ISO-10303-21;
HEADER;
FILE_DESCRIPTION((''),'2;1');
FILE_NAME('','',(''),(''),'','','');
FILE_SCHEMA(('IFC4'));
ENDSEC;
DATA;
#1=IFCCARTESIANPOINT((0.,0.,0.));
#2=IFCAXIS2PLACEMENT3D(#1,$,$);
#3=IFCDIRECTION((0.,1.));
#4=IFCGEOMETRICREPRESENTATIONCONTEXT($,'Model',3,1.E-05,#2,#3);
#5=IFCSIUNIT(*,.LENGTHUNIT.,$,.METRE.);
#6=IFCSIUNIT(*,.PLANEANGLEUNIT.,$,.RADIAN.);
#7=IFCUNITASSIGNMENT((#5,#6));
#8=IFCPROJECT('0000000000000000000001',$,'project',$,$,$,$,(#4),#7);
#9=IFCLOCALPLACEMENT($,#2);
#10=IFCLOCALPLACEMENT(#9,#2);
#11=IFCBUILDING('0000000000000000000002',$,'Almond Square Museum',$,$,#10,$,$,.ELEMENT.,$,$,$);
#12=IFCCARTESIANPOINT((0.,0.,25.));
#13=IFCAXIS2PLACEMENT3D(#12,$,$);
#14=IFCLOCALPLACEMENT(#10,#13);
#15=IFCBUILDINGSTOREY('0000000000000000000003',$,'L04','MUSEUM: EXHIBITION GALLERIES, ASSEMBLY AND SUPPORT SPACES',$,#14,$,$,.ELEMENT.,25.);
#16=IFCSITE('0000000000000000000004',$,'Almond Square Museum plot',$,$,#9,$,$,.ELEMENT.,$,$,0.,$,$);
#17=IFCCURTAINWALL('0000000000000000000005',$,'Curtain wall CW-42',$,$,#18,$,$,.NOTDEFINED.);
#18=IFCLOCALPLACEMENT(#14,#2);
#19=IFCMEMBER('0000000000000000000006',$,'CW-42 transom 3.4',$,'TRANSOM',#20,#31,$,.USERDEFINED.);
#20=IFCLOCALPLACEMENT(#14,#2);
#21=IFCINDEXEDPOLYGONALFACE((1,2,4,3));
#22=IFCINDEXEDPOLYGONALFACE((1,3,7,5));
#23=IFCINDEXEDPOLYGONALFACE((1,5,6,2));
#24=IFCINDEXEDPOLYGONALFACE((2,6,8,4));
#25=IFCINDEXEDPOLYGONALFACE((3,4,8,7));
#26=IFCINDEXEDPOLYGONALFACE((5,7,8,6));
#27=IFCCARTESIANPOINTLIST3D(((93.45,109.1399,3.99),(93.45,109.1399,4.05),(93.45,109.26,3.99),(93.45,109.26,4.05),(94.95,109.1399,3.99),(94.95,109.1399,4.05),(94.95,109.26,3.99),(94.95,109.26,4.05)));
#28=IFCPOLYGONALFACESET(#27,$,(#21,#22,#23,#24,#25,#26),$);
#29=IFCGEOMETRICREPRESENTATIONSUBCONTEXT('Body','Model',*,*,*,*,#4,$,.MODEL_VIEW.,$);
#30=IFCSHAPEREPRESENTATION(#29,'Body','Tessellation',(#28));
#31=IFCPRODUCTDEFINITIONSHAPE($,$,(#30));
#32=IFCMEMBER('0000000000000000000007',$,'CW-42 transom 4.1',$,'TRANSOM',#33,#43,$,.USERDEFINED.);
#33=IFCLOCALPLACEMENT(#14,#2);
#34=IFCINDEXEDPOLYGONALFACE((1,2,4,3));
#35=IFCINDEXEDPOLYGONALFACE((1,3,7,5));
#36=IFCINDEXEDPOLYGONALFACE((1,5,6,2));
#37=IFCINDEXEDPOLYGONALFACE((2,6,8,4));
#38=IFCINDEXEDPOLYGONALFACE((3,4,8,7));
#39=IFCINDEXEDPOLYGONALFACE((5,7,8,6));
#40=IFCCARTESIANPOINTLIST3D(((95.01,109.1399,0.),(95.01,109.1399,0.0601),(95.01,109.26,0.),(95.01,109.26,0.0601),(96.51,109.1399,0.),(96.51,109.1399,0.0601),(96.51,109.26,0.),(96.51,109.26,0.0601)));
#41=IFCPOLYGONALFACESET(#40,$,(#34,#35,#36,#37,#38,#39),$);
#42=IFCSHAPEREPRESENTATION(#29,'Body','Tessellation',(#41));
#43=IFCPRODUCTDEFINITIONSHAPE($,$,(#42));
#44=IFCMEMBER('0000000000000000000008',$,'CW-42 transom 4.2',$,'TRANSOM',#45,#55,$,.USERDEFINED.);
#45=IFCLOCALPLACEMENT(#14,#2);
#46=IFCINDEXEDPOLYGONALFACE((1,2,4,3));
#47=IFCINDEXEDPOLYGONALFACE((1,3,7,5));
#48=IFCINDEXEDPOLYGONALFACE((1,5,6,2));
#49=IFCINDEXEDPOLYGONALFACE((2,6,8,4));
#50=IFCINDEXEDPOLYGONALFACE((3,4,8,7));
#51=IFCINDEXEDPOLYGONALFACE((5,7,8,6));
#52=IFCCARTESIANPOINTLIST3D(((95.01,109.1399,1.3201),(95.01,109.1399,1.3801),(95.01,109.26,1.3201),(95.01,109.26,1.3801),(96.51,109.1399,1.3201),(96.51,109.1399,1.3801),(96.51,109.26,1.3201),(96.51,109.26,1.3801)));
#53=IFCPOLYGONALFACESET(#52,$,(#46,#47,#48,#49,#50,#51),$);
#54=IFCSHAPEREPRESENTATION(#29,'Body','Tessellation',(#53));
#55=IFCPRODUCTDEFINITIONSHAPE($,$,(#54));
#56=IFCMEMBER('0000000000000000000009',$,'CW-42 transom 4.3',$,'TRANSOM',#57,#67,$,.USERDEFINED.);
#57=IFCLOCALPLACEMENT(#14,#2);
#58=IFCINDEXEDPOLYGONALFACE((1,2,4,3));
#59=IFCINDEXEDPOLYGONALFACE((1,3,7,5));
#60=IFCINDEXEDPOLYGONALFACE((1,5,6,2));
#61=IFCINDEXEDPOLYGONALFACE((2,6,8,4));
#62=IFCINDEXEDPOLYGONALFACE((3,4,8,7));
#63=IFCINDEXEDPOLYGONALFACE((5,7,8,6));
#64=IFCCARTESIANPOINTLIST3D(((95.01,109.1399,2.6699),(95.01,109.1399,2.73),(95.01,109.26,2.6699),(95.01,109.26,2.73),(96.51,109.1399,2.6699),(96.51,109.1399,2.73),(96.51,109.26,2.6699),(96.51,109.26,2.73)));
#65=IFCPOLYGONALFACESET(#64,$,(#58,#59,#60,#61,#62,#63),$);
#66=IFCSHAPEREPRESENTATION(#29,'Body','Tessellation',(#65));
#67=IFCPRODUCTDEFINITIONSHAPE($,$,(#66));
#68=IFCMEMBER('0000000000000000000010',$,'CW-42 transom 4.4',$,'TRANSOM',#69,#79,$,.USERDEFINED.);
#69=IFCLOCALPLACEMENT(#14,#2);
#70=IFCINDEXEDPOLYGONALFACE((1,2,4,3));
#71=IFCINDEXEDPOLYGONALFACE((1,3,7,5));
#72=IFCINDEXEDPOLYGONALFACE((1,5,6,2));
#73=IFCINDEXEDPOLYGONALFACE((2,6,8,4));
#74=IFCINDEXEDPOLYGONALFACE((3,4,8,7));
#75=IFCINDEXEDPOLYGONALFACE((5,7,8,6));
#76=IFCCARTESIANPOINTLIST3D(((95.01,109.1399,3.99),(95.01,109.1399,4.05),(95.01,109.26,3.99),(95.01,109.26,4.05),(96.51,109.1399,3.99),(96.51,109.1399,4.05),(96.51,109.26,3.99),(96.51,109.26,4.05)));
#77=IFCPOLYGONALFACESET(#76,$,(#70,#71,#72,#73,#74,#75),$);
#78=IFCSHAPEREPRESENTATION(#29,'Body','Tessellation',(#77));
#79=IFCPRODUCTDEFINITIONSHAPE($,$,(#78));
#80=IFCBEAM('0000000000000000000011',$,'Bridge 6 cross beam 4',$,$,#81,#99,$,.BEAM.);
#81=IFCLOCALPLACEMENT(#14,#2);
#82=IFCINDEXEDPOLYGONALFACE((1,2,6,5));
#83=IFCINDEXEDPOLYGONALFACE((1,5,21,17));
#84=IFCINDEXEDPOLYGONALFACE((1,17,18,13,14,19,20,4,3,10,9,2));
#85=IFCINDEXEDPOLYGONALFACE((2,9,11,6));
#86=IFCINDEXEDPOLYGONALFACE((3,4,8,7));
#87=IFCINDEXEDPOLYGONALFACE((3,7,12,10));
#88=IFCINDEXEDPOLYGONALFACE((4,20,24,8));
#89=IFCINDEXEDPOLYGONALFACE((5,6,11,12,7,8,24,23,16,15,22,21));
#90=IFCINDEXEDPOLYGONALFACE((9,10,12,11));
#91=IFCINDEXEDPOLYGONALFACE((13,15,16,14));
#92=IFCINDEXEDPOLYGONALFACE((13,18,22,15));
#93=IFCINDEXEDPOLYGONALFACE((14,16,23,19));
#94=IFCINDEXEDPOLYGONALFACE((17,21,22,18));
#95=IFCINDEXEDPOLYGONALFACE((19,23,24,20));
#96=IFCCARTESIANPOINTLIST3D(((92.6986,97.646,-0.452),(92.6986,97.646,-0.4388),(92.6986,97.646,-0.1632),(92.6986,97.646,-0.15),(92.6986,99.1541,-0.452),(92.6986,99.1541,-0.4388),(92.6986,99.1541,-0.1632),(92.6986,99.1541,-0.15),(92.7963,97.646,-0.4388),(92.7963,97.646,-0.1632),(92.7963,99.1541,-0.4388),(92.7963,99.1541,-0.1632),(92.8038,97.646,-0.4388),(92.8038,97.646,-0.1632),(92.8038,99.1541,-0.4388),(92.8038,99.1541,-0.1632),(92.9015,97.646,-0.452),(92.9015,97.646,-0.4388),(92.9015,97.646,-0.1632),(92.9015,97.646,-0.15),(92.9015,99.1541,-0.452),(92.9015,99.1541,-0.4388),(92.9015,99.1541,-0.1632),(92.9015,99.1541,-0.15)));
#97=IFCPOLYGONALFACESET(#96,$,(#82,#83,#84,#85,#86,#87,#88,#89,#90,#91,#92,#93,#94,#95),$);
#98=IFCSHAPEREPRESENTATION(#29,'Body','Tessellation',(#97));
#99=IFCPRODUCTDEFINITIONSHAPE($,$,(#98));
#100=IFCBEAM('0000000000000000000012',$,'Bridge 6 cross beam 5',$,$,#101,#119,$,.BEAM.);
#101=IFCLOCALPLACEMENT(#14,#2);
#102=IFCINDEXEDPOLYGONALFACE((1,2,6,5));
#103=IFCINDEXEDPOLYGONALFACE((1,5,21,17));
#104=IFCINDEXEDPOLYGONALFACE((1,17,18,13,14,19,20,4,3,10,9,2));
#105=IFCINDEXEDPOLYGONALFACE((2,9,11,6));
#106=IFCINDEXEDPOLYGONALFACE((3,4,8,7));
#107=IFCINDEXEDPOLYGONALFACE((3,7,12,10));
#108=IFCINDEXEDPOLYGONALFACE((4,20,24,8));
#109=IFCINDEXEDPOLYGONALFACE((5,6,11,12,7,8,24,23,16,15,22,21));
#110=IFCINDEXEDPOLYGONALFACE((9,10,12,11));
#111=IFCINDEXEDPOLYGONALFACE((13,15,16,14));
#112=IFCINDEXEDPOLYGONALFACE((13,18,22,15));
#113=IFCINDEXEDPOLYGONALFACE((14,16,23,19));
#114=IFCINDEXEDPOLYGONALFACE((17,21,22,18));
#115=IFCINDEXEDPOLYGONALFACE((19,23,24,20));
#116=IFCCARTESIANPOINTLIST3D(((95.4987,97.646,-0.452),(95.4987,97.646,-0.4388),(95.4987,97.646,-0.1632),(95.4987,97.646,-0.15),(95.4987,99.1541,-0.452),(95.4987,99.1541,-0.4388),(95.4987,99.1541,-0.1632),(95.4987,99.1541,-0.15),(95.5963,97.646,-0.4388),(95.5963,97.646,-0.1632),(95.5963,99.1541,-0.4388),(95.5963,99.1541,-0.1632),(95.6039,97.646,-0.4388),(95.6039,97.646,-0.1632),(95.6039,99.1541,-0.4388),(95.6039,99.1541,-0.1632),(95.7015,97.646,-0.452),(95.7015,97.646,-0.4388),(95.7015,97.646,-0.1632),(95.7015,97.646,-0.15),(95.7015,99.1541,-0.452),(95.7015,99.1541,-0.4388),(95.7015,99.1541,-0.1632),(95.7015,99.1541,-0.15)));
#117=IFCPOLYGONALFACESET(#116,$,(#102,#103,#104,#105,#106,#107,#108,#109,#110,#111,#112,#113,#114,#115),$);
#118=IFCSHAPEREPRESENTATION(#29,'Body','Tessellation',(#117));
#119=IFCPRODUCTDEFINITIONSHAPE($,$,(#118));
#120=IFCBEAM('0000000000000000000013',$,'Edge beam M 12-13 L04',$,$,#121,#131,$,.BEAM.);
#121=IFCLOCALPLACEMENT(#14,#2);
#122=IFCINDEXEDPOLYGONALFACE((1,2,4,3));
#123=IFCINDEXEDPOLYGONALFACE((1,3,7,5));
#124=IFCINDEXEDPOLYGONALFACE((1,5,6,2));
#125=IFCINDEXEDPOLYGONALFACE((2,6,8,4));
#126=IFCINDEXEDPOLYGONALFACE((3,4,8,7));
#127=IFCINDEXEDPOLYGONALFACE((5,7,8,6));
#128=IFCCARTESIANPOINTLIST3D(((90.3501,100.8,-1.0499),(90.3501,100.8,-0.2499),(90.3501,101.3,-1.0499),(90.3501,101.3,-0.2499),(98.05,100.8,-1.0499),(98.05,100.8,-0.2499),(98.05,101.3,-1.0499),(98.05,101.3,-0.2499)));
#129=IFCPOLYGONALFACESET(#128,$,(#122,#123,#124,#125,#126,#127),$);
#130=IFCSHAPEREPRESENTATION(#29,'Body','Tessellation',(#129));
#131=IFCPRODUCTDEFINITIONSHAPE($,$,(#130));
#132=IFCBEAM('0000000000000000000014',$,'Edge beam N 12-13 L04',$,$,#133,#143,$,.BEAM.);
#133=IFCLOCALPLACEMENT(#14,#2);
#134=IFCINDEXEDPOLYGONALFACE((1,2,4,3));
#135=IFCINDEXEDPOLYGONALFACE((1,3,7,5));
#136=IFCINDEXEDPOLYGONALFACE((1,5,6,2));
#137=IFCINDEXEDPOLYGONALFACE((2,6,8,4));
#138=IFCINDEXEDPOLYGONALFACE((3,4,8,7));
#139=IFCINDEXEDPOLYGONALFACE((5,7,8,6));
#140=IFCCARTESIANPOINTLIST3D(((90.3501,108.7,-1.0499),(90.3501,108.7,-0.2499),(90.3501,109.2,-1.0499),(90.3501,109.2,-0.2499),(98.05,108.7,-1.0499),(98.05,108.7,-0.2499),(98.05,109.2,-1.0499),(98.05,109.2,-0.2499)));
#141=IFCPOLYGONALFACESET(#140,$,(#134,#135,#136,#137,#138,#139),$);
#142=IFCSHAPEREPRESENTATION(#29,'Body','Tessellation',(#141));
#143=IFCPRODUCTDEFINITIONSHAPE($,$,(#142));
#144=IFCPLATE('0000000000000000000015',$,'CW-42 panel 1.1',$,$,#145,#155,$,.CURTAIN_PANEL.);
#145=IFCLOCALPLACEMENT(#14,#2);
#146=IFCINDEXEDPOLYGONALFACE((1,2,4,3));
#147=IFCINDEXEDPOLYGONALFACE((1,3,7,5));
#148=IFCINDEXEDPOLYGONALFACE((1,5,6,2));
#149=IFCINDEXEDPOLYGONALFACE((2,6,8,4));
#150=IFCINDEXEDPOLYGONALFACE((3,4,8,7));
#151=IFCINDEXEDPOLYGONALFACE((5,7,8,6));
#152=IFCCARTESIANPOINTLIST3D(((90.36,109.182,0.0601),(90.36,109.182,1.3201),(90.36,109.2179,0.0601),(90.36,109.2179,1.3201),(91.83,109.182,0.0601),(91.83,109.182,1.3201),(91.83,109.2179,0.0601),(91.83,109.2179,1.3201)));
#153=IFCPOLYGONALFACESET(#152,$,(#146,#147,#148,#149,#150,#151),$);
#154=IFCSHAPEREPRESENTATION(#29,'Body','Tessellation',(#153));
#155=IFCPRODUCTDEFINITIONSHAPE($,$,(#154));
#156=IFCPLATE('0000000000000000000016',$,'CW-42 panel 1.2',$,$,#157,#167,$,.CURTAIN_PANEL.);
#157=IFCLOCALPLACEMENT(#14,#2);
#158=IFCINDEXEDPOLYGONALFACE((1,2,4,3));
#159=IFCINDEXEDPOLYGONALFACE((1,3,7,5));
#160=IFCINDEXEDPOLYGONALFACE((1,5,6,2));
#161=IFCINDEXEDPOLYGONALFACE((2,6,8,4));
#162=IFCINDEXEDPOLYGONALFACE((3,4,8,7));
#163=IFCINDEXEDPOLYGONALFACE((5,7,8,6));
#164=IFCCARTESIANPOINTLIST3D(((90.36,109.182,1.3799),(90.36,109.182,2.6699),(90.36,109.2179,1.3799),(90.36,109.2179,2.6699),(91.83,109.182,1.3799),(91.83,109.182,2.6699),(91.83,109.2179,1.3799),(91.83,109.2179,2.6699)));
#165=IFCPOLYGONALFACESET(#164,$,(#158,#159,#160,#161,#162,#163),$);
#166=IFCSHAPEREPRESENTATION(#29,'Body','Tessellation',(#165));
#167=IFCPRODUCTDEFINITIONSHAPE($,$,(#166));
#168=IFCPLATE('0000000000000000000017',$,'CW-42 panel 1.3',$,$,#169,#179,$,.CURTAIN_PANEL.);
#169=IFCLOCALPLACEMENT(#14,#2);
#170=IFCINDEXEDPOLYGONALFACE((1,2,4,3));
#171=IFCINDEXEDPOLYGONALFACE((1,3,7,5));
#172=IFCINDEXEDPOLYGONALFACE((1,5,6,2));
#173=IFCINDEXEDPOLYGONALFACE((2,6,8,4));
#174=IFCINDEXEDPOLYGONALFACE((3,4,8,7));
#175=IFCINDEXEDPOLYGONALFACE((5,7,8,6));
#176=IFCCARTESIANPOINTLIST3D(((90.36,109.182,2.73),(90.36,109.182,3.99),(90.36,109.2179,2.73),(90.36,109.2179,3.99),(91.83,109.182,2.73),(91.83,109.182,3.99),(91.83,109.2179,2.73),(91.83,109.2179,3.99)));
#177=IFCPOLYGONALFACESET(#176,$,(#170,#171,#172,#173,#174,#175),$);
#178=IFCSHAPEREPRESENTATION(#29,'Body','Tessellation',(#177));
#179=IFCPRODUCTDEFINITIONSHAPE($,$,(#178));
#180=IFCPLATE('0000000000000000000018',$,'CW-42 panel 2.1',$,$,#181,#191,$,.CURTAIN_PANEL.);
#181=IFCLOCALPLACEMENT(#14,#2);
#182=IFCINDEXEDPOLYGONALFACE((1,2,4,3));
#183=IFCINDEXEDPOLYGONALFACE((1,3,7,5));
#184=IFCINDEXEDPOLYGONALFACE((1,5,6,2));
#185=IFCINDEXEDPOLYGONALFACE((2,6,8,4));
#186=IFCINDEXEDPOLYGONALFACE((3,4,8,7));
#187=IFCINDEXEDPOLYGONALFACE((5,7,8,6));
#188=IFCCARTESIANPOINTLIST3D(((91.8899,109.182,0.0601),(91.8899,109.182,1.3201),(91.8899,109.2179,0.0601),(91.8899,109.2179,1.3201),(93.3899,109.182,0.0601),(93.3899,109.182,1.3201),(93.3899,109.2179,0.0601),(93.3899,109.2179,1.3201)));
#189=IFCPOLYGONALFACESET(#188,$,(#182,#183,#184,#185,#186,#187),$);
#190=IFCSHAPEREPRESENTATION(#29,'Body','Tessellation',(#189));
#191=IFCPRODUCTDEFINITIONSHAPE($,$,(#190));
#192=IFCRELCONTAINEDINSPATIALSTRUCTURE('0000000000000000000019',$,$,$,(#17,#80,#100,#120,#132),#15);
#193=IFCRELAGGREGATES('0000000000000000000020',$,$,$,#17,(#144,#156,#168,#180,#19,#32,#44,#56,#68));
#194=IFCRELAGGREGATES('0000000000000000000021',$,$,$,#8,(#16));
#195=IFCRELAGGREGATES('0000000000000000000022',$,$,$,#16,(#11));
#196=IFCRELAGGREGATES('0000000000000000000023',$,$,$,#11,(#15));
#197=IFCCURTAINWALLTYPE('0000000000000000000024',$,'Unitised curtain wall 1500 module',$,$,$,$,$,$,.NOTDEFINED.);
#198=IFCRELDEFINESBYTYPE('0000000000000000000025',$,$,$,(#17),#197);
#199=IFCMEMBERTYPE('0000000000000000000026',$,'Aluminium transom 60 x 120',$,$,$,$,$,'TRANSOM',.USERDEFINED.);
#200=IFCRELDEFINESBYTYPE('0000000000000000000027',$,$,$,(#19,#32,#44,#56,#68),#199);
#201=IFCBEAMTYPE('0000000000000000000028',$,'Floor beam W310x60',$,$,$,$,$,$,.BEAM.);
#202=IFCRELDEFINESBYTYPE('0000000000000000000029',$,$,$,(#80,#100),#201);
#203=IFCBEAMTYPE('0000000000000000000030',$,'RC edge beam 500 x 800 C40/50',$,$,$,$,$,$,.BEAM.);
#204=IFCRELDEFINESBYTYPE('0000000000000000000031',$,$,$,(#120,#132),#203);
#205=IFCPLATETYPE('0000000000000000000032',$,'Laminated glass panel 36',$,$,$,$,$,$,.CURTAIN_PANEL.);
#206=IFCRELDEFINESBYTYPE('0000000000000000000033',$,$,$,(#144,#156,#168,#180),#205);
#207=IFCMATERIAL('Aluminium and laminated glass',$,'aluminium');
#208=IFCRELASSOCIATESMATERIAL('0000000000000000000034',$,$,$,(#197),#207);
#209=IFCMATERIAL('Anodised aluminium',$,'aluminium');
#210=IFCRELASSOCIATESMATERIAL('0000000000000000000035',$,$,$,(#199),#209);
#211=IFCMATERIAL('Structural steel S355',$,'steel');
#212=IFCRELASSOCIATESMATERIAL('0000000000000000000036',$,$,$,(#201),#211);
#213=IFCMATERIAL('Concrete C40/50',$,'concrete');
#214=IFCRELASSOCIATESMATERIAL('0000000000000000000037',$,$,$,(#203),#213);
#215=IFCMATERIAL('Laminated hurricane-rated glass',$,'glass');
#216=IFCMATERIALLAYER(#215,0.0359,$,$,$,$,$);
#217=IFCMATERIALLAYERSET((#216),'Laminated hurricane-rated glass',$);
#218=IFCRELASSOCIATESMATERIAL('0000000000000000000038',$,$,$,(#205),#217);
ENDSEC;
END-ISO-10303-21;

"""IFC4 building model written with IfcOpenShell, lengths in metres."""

from ifc_helpers import new_model, si_unit, direction, frame, origin, origin_2d, place, context, subcontext, project, spatial, rectangle, i_section, extrude, material, layer, layer_set, material_profile, profile_set, type_object, element, aggregate, save


model = new_model("IFC4")

# Units and contexts
model_context = context("Model", 3, precision=1e-05, world=origin(), true_north=direction((0.0, 1.0)))
body_context = subcontext(model_context, "Body", "Model", "MODEL_VIEW")
ifc_project = project(units=[si_unit("LENGTHUNIT", "METRE"), si_unit("PLANEANGLEUNIT", "RADIAN")], contexts=[model_context])

# Site, building, storey
site_placement = place(None, origin())
site = spatial("IfcSite", under=ifc_project, at=site_placement, Name="Almond Square Museum plot", CompositionType="ELEMENT", RefElevation=0.0)
building_placement = place(site_placement, origin())
building = spatial("IfcBuilding", under=site, at=building_placement, Name="Almond Square Museum", CompositionType="ELEMENT")
storey_placement = place(building_placement, frame((0.0, 0.0, 25.0)))
storey = spatial("IfcBuildingStorey", under=building, at=storey_placement, Name="L04", Description="MUSEUM: EXHIBITION GALLERIES, ASSEMBLY AND SUPPORT SPACES", CompositionType="ELEMENT", Elevation=25.0)

# Curtain wall, members
ifc_material_1 = material(Name="Aluminium and laminated glass", Category="aluminium")
curtain_wall_type = type_object("IfcCurtainWallType", Name="Unitised curtain wall 1500 module", PredefinedType="NOTDEFINED", material=ifc_material_1)
curtain_wall_placement = place(storey_placement, origin())
curtain_wall = element("IfcCurtainWall", 1, at=curtain_wall_placement, inside=storey, type_object=curtain_wall_type, Name="Curtain wall CW-42", PredefinedType="NOTDEFINED")
ifc_material_2 = material(Name="Anodised aluminium", Category="aluminium")
ifc_material_profile_1 = material_profile(ifc_material_2, rectangle(XDim=0.1201, YDim=0.0601, at=origin_2d()))
ifc_profile_set_1 = profile_set([ifc_material_profile_1], Name="Anodised aluminium")
member_type_1 = type_object("IfcMemberType", Name="Aluminium transom 60 x 120", ElementType="TRANSOM", PredefinedType="USERDEFINED", material=ifc_profile_set_1)
member_1_placement = place(storey_placement, frame((93.45, 109.2, 4.02), z_axis=(1.0, 0.0, 0.0), x_axis=(0.0, 1.0, 0.0)))
member_1 = element("IfcMember", 2, at=member_1_placement, type_object=member_type_1, Name="CW-42 transom 3.4", ObjectType="TRANSOM", PredefinedType="USERDEFINED", context=body_context, shape_type="SweptSolid", body=[
    extrude(rectangle(XDim=0.1201, YDim=0.0601, at=origin_2d()), origin(), (0.0, 0.0, 1.0), 1.5),
])
member_2_placement = place(storey_placement, frame((95.01, 109.2, 0.03), z_axis=(1.0, 0.0, 0.0), x_axis=(0.0, 1.0, 0.0)))
member_2 = element("IfcMember", 3, at=member_2_placement, type_object=member_type_1, Name="CW-42 transom 4.1", ObjectType="TRANSOM", PredefinedType="USERDEFINED", context=body_context, shape_type="SweptSolid", body=[
    extrude(rectangle(XDim=0.1201, YDim=0.0601, at=origin_2d()), origin(), (0.0, 0.0, 1.0), 1.5),
])
member_3_placement = place(storey_placement, frame((95.01, 109.2, 1.3501), z_axis=(1.0, 0.0, 0.0), x_axis=(0.0, 1.0, 0.0)))
member_3 = element("IfcMember", 4, at=member_3_placement, type_object=member_type_1, Name="CW-42 transom 4.2", ObjectType="TRANSOM", PredefinedType="USERDEFINED", context=body_context, shape_type="SweptSolid", body=[
    extrude(rectangle(XDim=0.1201, YDim=0.0601, at=origin_2d()), origin(), (0.0, 0.0, 1.0), 1.5),
])
member_4_placement = place(storey_placement, frame((95.01, 109.2, 2.7), z_axis=(1.0, 0.0, 0.0), x_axis=(0.0, 1.0, 0.0)))
member_4 = element("IfcMember", 5, at=member_4_placement, type_object=member_type_1, Name="CW-42 transom 4.3", ObjectType="TRANSOM", PredefinedType="USERDEFINED", context=body_context, shape_type="SweptSolid", body=[
    extrude(rectangle(XDim=0.1201, YDim=0.0601, at=origin_2d()), origin(), (0.0, 0.0, 1.0), 1.5),
])
member_5_placement = place(storey_placement, frame((95.01, 109.2, 4.02), z_axis=(1.0, 0.0, 0.0), x_axis=(0.0, 1.0, 0.0)))
member_5 = element("IfcMember", 6, at=member_5_placement, type_object=member_type_1, Name="CW-42 transom 4.4", ObjectType="TRANSOM", PredefinedType="USERDEFINED", context=body_context, shape_type="SweptSolid", body=[
    extrude(rectangle(XDim=0.1201, YDim=0.0601, at=origin_2d()), origin(), (0.0, 0.0, 1.0), 1.5),
])

# Beams
ifc_material_3 = material(Name="Structural steel S355", Category="steel")
ifc_material_profile_2 = material_profile(ifc_material_3, i_section(OverallWidth=0.2029, OverallDepth=0.302, WebThickness=0.0076, FlangeThickness=0.0132, at=origin_2d()))
ifc_profile_set_2 = profile_set([ifc_material_profile_2], Name="Structural steel S355")
beam_type_1 = type_object("IfcBeamType", Name="Floor beam W310x60", PredefinedType="BEAM", material=ifc_profile_set_2)
for number, where, z_axis, x_axis, name in (
    (7, (92.8, 97.646, -0.301), (0.0, 1.0, 0.0), (-1.0, 0.0, 0.0), "Bridge 6 cross beam 4"),
    (8, (95.6001, 97.646, -0.301), (0.0, 1.0, 0.0), (-1.0, 0.0, 0.0), "Bridge 6 cross beam 5"),
):
    element("IfcBeam", number, at=place(storey_placement, frame(where, z_axis=z_axis, x_axis=x_axis)), inside=storey, type_object=beam_type_1, Name=name, PredefinedType="BEAM", context=body_context, shape_type="SweptSolid", body=[
        extrude(i_section(OverallWidth=0.2029, OverallDepth=0.302, WebThickness=0.0076, FlangeThickness=0.0132, at=origin_2d()), origin(), (0.0, 0.0, 1.0), 1.5081),
    ])
ifc_material_4 = material(Name="Concrete C40/50", Category="concrete")
ifc_material_profile_3 = material_profile(ifc_material_4, rectangle(XDim=0.5, YDim=0.8, at=origin_2d()))
ifc_profile_set_3 = profile_set([ifc_material_profile_3], Name="Concrete C40/50")
beam_type_2 = type_object("IfcBeamType", Name="RC edge beam 500 x 800 C40/50", PredefinedType="BEAM", material=ifc_profile_set_3)
for number, where, z_axis, x_axis, name in (
    (9, (90.3501, 101.05, -0.6499), (1.0, 0.0, 0.0), (0.0, 1.0, 0.0), "Edge beam M 12-13 L04"),
    (10, (90.3501, 108.95, -0.6499), (1.0, 0.0, 0.0), (0.0, 1.0, 0.0), "Edge beam N 12-13 L04"),
):
    element("IfcBeam", number, at=place(storey_placement, frame(where, z_axis=z_axis, x_axis=x_axis)), inside=storey, type_object=beam_type_2, Name=name, PredefinedType="BEAM", context=body_context, shape_type="SweptSolid", body=[
        extrude(rectangle(XDim=0.5, YDim=0.8, at=origin_2d()), origin(), (0.0, 0.0, 1.0), 7.7),
    ])

# Plates
ifc_material_5 = material(Name="Laminated hurricane-rated glass", Category="glass")
ifc_layer_1 = layer(ifc_material_5, 0.0359)
ifc_layer_set_1 = layer_set([ifc_layer_1], Name="Laminated hurricane-rated glass")
plate_type = type_object("IfcPlateType", Name="Laminated glass panel 36", PredefinedType="CURTAIN_PANEL", material=ifc_layer_set_1)
plate_1_placement = place(storey_placement, frame((91.095, 109.2, 0.0601), z_axis=(0.0, 0.0, 1.0), x_axis=(1.0, 0.0, 0.0)))
plate_1 = element("IfcPlate", 11, at=plate_1_placement, type_object=plate_type, Name="CW-42 panel 1.1", PredefinedType="CURTAIN_PANEL", context=body_context, shape_type="SweptSolid", body=[
    extrude(rectangle(XDim=1.47, YDim=0.0359, at=origin_2d()), origin(), (0.0, 0.0, 1.0), 1.26),
])
plate_2_placement = place(storey_placement, frame((91.095, 109.2, 1.3799), z_axis=(0.0, 0.0, 1.0), x_axis=(1.0, 0.0, 0.0)))
plate_2 = element("IfcPlate", 12, at=plate_2_placement, type_object=plate_type, Name="CW-42 panel 1.2", PredefinedType="CURTAIN_PANEL", context=body_context, shape_type="SweptSolid", body=[
    extrude(rectangle(XDim=1.47, YDim=0.0359, at=origin_2d()), origin(), (0.0, 0.0, 1.0), 1.29),
])
plate_3_placement = place(storey_placement, frame((91.095, 109.2, 2.73), z_axis=(0.0, 0.0, 1.0), x_axis=(1.0, 0.0, 0.0)))
plate_3 = element("IfcPlate", 13, at=plate_3_placement, type_object=plate_type, Name="CW-42 panel 1.3", PredefinedType="CURTAIN_PANEL", context=body_context, shape_type="SweptSolid", body=[
    extrude(rectangle(XDim=1.47, YDim=0.0359, at=origin_2d()), origin(), (0.0, 0.0, 1.0), 1.26),
])
plate_4_placement = place(storey_placement, frame((92.6399, 109.2, 0.0601), z_axis=(0.0, 0.0, 1.0), x_axis=(1.0, 0.0, 0.0)))
plate_4 = element("IfcPlate", 14, at=plate_4_placement, type_object=plate_type, Name="CW-42 panel 2.1", PredefinedType="CURTAIN_PANEL", context=body_context, shape_type="SweptSolid", body=[
    extrude(rectangle(XDim=1.5, YDim=0.0359, at=origin_2d()), origin(), (0.0, 0.0, 1.0), 1.26),
])
aggregate(curtain_wall, [plate_1, plate_2, plate_3, plate_4, member_1, member_2, member_3, member_4, member_5])

save(model, "model.ifc")
